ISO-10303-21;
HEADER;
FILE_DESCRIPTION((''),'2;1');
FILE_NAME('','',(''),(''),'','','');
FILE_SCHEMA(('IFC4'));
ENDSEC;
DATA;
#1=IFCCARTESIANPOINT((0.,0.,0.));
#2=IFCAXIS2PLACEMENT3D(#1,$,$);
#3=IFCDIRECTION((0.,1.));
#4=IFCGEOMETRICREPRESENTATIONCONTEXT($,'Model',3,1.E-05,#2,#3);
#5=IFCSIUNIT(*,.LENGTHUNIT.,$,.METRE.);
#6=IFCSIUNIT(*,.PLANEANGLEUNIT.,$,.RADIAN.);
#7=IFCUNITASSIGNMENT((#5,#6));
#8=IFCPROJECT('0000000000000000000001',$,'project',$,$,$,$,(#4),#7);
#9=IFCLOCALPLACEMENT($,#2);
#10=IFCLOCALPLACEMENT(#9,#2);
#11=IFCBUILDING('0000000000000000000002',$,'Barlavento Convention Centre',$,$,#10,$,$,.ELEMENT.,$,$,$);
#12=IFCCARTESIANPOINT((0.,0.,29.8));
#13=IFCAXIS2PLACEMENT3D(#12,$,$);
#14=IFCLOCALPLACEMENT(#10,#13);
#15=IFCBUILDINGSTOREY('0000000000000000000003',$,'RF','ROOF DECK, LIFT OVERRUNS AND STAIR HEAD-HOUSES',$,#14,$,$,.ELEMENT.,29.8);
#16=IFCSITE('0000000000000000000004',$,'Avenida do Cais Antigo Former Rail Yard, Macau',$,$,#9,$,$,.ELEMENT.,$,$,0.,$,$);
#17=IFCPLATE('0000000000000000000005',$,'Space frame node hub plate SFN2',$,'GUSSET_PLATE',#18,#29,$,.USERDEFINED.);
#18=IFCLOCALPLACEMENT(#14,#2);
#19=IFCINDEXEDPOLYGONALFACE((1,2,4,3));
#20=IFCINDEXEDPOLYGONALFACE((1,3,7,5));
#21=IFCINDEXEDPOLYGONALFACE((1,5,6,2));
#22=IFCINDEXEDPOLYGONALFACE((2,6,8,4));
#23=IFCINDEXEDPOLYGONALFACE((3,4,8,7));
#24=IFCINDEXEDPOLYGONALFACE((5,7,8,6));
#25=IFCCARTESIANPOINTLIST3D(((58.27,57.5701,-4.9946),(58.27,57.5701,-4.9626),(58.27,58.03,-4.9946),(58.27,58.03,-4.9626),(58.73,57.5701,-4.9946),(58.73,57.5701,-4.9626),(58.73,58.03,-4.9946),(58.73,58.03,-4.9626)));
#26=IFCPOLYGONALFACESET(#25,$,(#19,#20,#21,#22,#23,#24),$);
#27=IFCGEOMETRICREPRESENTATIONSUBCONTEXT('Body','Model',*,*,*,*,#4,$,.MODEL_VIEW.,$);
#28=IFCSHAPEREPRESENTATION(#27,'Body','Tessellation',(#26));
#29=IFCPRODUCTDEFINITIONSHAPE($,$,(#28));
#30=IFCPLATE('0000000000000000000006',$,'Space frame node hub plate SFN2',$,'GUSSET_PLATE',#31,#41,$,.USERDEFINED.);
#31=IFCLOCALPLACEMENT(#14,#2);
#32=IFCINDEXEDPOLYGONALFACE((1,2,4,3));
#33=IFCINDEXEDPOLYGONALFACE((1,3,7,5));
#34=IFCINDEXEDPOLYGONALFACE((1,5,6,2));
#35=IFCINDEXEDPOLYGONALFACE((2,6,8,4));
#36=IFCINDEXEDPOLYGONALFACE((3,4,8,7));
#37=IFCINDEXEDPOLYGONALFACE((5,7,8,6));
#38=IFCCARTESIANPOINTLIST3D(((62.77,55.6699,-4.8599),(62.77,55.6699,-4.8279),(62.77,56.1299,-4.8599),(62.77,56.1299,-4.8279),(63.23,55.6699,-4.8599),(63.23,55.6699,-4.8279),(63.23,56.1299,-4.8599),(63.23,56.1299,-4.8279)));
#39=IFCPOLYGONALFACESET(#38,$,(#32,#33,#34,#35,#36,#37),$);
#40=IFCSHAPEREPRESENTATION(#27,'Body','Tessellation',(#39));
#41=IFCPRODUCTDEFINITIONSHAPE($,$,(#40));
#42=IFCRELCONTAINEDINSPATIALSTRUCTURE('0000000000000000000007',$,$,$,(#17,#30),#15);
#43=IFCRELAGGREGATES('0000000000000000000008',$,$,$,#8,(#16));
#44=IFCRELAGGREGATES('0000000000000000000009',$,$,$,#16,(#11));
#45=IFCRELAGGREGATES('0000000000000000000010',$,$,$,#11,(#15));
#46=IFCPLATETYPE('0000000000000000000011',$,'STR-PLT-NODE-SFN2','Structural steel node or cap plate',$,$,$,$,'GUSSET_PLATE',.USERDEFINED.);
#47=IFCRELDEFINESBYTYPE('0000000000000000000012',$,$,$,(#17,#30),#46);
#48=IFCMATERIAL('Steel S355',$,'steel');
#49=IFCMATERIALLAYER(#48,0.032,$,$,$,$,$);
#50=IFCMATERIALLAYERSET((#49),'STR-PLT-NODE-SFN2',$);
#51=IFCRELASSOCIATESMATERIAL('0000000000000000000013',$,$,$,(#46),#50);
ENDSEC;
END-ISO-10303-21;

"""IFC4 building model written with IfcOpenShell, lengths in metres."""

from ifc_helpers import new_model, si_unit, direction, frame, origin, origin_2d, place, context, subcontext, project, spatial, rectangle, extrude, material, layer, layer_set, type_object, element, save


model = new_model("IFC4")

# Units and contexts
model_context = context("Model", 3, precision=1e-05, world=origin(), true_north=direction((0.0, 1.0)))
body_context = subcontext(model_context, "Body", "Model", "MODEL_VIEW")
ifc_project = project(units=[si_unit("LENGTHUNIT", "METRE"), si_unit("PLANEANGLEUNIT", "RADIAN")], contexts=[model_context])

# Site, building, storey
site_placement = place(None, origin())
site = spatial("IfcSite", under=ifc_project, at=site_placement, Name="Avenida do Cais Antigo Former Rail Yard, Macau", CompositionType="ELEMENT", RefElevation=0.0)
building_placement = place(site_placement, origin())
building = spatial("IfcBuilding", under=site, at=building_placement, Name="Barlavento Convention Centre", CompositionType="ELEMENT")
storey_placement = place(building_placement, frame((0.0, 0.0, 29.8)))
storey = spatial("IfcBuildingStorey", under=building, at=storey_placement, Name="RF", Description="ROOF DECK, LIFT OVERRUNS AND STAIR HEAD-HOUSES", CompositionType="ELEMENT", Elevation=29.8)

# Shared definitions
ifc_material_1 = material(Name="Steel S355", Category="steel")

# Plates
ifc_layer_1 = layer(ifc_material_1, 0.032)
ifc_layer_set_1 = layer_set([ifc_layer_1], Name="STR-PLT-NODE-SFN2")
plate_type_1 = type_object("IfcPlateType", Name="STR-PLT-NODE-SFN2", Description="Structural steel node or cap plate", ElementType="GUSSET_PLATE", PredefinedType="USERDEFINED", material=ifc_layer_set_1)
for number, where, z_axis, x_axis, name in (
    (1, (58.5, 57.8, -4.9946), (0.0, 0.0, 1.0), (1.0, 0.0, 0.0), "Space frame node hub plate SFN2"),
    (2, (63.0, 55.8999, -4.8599), (0.0, 0.0, 1.0), (1.0, 0.0, 0.0), "Space frame node hub plate SFN2"),
):
    element("IfcPlate", number, at=place(storey_placement, frame(where, z_axis=z_axis, x_axis=x_axis)), inside=storey, type_object=plate_type_1, Name=name, ObjectType="GUSSET_PLATE", PredefinedType="USERDEFINED", context=body_context, shape_type="SweptSolid", body=[
        extrude(rectangle(XDim=0.46, YDim=0.46, at=origin_2d()), origin(), (0.0, 0.0, 1.0), 0.032),
    ])

save(model, "model.ifc")
